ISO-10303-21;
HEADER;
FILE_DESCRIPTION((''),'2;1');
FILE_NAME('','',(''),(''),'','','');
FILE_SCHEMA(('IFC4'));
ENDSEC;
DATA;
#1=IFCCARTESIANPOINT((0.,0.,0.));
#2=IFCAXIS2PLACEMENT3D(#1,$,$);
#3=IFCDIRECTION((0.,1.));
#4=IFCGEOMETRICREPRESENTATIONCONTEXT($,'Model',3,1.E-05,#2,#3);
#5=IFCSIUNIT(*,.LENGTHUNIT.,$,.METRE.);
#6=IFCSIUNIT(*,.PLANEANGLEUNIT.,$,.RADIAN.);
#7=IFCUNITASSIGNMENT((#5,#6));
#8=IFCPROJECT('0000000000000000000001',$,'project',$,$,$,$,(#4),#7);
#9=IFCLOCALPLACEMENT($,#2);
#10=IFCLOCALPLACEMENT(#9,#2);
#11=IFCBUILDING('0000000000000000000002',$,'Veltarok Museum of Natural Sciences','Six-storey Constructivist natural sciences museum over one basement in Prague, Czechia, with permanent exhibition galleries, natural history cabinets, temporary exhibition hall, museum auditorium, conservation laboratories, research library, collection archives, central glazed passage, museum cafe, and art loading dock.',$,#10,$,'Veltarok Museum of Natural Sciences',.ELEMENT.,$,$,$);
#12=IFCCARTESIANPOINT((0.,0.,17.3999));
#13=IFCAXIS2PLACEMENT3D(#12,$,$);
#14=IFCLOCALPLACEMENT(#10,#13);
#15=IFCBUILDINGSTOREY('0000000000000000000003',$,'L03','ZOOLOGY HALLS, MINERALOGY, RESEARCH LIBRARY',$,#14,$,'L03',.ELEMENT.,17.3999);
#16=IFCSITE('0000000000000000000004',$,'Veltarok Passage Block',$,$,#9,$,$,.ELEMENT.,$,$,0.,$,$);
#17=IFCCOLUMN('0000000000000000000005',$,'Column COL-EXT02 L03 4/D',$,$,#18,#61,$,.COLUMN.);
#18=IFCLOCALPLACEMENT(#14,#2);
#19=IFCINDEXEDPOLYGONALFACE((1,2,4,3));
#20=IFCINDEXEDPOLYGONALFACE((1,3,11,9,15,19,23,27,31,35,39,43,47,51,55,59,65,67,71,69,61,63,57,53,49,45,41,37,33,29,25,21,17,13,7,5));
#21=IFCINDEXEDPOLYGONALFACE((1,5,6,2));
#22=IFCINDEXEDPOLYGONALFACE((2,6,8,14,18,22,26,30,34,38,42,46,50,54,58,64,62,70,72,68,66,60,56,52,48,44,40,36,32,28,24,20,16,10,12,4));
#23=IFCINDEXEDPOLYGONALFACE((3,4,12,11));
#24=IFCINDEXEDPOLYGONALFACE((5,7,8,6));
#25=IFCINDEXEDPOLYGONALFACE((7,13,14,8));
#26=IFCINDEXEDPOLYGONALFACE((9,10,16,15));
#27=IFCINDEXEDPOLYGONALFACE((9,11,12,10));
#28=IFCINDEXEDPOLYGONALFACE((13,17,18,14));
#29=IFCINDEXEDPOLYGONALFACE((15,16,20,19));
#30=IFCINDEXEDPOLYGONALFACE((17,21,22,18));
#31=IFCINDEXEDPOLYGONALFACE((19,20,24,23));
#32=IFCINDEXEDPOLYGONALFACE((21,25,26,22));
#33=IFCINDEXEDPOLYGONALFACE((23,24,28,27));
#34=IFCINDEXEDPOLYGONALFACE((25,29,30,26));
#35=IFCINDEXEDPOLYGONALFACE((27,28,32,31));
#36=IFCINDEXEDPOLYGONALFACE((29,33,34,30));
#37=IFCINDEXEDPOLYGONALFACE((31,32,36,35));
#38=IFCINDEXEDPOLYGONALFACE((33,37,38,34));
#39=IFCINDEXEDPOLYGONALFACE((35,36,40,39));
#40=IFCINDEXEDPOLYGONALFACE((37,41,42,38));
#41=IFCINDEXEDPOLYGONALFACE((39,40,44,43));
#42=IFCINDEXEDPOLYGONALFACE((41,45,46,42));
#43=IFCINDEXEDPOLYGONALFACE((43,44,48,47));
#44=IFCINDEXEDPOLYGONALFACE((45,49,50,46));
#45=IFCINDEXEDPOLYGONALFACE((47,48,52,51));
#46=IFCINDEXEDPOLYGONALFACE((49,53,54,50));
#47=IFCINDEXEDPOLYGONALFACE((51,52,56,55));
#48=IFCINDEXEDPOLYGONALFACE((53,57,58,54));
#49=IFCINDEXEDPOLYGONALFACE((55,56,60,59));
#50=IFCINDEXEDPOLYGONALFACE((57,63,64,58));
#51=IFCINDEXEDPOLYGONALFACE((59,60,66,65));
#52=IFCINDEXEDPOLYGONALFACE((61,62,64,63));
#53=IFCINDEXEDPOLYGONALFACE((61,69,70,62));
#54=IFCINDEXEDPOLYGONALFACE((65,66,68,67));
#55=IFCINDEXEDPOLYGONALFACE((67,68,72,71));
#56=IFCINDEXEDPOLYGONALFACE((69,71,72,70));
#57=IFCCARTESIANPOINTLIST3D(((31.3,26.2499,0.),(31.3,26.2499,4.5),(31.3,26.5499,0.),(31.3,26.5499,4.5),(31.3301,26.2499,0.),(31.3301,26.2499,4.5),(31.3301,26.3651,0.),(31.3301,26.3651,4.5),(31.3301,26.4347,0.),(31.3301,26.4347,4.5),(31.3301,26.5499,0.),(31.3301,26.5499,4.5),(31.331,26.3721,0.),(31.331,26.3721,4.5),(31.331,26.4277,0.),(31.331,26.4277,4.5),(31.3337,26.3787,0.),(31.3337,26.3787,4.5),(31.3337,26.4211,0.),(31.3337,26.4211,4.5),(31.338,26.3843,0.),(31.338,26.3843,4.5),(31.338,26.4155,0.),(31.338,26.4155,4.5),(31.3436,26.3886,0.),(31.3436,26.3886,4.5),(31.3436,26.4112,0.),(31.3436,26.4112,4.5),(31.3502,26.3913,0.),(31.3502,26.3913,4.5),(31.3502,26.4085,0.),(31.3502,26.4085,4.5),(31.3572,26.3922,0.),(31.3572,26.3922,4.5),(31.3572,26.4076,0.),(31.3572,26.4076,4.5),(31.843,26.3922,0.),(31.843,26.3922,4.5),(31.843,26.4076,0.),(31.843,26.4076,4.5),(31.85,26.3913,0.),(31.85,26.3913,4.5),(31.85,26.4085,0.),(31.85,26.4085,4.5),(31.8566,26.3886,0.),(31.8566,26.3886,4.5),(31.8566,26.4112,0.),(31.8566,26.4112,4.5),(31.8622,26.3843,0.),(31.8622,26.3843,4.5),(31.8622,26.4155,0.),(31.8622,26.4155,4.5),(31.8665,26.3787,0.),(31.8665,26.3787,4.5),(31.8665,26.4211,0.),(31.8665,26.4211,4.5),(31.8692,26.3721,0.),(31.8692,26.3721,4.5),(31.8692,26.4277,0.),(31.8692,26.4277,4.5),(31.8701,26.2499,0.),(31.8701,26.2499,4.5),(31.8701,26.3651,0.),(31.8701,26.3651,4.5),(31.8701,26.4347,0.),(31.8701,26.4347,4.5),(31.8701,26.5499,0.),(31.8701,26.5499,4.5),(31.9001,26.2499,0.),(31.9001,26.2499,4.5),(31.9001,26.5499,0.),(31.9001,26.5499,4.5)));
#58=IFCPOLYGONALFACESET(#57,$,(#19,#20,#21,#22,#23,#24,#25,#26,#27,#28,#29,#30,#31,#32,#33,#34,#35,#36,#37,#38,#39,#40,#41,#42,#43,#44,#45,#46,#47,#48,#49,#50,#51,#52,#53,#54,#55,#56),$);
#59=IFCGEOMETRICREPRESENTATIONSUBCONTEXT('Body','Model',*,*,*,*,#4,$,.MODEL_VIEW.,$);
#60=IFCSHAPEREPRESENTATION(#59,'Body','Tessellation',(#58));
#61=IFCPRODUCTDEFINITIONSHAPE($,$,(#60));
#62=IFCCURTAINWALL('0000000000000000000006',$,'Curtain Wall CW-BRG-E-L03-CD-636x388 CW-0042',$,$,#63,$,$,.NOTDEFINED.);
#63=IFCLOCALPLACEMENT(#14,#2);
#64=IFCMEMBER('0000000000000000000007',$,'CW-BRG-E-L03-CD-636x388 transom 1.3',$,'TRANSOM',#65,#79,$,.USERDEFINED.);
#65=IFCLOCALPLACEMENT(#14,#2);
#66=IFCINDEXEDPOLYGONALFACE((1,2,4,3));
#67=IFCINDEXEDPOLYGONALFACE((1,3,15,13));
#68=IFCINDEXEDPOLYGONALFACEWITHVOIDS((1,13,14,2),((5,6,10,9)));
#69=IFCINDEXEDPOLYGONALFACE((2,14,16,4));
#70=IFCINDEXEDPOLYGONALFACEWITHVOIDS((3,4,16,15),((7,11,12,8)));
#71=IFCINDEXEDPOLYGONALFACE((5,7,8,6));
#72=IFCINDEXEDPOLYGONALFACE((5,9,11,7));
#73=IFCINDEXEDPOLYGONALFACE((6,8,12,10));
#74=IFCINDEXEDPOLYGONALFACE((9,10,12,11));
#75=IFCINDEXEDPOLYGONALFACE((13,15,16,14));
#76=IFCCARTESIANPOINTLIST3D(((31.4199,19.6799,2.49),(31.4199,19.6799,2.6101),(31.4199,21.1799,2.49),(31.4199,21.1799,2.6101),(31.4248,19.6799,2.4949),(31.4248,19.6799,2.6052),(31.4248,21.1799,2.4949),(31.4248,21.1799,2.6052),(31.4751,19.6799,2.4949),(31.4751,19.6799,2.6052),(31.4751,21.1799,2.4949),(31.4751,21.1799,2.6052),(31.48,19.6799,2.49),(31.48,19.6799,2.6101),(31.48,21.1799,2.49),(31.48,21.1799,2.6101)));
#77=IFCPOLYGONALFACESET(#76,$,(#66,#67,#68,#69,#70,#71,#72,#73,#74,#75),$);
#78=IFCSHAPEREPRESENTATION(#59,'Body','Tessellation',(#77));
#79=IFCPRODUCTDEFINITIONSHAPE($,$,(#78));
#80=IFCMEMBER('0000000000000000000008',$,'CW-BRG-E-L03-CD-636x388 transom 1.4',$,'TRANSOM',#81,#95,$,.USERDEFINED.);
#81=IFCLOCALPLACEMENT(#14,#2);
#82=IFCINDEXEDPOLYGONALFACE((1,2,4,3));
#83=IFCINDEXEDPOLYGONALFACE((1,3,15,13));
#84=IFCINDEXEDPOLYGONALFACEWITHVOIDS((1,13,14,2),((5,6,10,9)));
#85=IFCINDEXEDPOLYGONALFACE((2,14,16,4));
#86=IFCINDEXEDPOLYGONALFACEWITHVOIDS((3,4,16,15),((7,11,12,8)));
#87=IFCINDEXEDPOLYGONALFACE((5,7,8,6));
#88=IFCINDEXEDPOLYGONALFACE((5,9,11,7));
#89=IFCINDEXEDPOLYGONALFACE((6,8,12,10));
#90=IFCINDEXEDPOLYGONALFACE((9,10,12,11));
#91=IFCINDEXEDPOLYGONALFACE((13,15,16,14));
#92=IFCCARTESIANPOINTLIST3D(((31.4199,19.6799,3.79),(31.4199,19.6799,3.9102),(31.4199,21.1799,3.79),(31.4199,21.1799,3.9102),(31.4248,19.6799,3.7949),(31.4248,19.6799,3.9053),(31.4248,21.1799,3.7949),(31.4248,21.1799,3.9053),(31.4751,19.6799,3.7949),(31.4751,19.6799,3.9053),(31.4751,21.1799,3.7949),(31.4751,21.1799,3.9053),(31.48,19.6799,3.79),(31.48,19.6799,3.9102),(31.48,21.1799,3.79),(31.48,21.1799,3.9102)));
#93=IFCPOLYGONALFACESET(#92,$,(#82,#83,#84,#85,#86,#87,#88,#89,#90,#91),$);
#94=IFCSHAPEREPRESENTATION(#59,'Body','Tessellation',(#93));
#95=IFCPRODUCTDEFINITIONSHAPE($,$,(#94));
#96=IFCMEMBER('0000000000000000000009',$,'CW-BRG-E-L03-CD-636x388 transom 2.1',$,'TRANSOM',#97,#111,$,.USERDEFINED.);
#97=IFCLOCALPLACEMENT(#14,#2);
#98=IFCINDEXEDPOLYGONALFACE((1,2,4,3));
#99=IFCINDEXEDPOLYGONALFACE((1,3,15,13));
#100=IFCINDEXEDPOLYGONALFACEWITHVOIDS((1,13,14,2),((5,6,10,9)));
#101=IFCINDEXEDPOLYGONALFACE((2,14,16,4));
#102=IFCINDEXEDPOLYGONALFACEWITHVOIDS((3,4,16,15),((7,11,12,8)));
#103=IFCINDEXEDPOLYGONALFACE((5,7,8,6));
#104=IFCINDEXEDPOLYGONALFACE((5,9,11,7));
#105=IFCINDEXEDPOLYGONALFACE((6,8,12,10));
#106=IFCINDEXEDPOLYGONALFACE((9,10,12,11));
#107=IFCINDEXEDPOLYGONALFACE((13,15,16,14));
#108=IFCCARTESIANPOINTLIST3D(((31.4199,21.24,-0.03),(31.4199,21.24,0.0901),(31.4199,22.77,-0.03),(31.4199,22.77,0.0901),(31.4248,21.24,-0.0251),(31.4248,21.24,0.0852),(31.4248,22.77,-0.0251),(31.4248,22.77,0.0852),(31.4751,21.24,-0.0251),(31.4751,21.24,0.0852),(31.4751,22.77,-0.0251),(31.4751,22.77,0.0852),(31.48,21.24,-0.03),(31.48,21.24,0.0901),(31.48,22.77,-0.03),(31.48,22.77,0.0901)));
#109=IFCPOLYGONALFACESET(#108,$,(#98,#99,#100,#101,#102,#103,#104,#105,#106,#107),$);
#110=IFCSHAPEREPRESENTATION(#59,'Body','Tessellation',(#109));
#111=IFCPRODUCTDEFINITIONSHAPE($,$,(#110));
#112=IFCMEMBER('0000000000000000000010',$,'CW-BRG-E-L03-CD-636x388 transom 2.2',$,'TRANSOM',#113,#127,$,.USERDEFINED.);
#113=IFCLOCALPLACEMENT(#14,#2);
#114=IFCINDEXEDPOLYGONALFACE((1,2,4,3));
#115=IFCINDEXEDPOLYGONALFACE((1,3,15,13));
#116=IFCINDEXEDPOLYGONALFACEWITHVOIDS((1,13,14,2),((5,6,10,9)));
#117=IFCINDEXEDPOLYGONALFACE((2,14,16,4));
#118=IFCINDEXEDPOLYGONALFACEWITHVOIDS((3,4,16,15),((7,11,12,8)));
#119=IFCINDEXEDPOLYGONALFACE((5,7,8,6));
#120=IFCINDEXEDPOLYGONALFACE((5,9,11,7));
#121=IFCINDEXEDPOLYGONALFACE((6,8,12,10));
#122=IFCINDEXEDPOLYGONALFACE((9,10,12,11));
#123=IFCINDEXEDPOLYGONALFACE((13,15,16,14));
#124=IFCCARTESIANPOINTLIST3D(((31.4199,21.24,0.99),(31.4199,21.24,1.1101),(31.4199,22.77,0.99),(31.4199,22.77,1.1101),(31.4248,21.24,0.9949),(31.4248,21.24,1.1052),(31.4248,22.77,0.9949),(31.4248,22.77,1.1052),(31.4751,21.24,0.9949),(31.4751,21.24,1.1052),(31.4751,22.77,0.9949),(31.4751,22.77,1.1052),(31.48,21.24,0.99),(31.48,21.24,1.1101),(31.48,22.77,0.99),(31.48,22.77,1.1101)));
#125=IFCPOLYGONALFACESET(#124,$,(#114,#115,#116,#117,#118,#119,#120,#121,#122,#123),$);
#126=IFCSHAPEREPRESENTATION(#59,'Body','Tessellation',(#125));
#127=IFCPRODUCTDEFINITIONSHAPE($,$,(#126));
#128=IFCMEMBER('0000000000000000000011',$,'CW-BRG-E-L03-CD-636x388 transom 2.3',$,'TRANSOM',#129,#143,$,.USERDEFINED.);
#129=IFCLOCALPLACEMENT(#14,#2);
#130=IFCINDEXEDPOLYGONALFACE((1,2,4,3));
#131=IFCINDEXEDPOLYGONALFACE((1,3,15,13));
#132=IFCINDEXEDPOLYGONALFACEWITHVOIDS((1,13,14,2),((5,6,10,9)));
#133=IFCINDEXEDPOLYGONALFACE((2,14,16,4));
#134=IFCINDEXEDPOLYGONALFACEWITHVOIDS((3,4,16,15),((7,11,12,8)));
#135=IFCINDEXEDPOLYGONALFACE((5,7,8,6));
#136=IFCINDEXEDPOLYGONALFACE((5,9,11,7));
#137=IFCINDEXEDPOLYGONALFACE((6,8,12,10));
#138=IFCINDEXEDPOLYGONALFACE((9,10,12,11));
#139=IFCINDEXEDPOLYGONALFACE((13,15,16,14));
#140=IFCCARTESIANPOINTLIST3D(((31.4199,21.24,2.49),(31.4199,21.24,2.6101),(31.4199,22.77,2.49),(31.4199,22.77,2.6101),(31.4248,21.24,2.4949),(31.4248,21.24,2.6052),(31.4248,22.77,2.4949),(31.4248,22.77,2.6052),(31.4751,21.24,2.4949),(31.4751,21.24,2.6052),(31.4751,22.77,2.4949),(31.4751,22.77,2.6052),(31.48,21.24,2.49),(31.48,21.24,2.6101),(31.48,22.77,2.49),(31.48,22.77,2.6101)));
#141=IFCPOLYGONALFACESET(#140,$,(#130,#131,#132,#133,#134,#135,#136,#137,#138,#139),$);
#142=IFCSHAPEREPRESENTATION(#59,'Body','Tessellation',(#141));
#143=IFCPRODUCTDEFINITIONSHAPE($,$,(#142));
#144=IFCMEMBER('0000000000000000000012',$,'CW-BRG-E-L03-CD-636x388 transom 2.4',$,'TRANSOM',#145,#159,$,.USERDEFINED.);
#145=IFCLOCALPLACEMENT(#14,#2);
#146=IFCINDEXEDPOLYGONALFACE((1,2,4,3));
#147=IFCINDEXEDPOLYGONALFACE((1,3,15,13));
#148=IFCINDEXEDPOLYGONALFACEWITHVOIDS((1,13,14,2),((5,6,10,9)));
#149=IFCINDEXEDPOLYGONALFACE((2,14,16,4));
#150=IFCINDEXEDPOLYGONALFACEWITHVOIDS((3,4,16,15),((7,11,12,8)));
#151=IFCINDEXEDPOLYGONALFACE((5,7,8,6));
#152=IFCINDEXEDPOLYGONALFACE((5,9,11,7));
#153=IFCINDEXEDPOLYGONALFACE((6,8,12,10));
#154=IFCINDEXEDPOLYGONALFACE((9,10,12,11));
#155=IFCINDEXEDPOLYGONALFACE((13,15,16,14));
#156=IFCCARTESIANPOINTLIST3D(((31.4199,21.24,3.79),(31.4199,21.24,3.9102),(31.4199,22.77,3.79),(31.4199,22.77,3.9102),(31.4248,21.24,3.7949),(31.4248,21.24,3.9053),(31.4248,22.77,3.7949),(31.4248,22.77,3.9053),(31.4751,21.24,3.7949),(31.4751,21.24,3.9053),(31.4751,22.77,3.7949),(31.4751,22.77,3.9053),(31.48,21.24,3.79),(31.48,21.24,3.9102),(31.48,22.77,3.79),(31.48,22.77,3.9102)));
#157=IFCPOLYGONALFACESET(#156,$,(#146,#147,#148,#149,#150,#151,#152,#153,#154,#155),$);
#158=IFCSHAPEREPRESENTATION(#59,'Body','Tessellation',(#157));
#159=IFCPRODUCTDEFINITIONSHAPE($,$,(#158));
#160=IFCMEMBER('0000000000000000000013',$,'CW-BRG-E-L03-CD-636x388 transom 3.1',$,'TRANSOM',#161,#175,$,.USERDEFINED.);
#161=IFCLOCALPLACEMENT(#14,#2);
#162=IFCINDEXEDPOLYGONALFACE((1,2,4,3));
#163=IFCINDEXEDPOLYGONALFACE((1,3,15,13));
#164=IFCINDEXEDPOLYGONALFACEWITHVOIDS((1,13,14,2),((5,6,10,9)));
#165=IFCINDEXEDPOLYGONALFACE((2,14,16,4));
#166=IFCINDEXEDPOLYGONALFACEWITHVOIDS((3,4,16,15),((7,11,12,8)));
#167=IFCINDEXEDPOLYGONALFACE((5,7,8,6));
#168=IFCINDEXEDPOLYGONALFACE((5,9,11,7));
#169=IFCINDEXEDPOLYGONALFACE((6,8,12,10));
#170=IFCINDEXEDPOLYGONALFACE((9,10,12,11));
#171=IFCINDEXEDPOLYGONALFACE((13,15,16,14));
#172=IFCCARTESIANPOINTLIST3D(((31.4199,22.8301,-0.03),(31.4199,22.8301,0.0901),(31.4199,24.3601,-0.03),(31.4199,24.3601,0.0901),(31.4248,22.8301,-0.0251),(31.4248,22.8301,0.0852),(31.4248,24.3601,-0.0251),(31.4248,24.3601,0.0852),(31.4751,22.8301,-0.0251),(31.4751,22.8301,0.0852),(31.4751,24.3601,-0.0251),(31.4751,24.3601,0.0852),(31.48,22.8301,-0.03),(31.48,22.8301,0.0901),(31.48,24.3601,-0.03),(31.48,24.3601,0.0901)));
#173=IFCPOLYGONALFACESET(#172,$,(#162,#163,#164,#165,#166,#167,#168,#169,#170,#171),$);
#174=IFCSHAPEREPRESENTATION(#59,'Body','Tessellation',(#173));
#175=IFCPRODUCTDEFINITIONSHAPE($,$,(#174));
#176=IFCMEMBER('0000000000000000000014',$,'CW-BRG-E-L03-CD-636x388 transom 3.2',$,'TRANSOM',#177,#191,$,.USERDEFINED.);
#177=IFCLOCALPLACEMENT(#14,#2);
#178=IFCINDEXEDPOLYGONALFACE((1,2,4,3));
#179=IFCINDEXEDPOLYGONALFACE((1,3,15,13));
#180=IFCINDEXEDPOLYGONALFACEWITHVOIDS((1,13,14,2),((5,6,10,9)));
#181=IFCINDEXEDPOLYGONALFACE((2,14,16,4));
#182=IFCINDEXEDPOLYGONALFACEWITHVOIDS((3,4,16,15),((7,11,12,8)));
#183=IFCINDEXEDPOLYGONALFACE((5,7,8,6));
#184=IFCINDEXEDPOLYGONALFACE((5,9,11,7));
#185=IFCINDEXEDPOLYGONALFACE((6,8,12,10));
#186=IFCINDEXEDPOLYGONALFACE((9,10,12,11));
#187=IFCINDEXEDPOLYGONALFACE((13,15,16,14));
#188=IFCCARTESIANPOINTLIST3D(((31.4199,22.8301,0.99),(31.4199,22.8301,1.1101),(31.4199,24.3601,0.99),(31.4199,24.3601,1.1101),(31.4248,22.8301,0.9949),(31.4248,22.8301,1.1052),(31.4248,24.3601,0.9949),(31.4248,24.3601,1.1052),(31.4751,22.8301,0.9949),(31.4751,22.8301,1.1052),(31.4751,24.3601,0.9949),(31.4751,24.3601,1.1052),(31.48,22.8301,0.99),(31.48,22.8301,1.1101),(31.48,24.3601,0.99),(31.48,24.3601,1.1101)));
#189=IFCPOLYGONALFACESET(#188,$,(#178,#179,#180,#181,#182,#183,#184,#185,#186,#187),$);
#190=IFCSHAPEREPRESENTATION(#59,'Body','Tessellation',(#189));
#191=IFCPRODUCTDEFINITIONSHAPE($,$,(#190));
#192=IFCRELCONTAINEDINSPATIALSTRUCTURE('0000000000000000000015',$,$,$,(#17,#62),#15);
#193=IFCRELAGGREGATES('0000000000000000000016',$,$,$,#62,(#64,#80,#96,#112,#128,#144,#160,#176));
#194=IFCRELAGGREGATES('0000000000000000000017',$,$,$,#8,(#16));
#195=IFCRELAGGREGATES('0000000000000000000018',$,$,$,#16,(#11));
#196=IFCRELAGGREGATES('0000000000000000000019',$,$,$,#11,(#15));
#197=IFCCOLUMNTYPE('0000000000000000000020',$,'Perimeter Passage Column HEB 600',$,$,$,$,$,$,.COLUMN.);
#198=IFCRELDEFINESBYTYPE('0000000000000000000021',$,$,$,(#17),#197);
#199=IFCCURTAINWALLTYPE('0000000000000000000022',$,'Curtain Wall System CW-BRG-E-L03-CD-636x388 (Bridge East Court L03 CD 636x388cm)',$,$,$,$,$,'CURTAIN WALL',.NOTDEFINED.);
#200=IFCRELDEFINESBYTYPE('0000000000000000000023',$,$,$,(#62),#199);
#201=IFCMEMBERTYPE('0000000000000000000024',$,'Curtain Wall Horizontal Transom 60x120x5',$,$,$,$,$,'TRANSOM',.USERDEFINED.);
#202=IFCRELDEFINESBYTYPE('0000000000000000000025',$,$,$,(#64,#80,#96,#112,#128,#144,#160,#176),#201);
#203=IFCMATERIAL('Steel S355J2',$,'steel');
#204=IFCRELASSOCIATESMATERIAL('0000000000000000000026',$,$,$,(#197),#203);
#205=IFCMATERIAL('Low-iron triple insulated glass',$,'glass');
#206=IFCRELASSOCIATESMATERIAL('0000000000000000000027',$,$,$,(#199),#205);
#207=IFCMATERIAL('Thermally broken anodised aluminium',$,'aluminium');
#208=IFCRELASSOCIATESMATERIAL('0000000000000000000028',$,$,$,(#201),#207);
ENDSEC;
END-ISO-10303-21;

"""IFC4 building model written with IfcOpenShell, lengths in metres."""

from ifc_helpers import new_model, si_unit, direction, frame, origin, origin_2d, place, context, subcontext, project, spatial, hollow_rectangle, i_section, extrude, material, material_profile, profile_set, type_object, element, aggregate, save


model = new_model("IFC4")

# Units and contexts
model_context = context("Model", 3, precision=1e-05, world=origin(), true_north=direction((0.0, 1.0)))
body_context = subcontext(model_context, "Body", "Model", "MODEL_VIEW")
ifc_project = project(units=[si_unit("LENGTHUNIT", "METRE"), si_unit("PLANEANGLEUNIT", "RADIAN")], contexts=[model_context])

# Site, building, storey
site_placement = place(None, origin())
site = spatial("IfcSite", under=ifc_project, at=site_placement, Name="Veltarok Passage Block", CompositionType="ELEMENT", RefElevation=0.0)
building_placement = place(site_placement, origin())
building = spatial("IfcBuilding", under=site, at=building_placement, Name="Veltarok Museum of Natural Sciences", Description="Six-storey Constructivist natural sciences museum over one basement in Prague, Czechia, with permanent exhibition galleries, natural history cabinets, temporary exhibition hall, museum auditorium, conservation laboratories, research library, collection archives, central glazed passage, museum cafe, and art loading dock.", LongName="Veltarok Museum of Natural Sciences", CompositionType="ELEMENT")
storey_placement = place(building_placement, frame((0.0, 0.0, 17.3999)))
storey = spatial("IfcBuildingStorey", under=building, at=storey_placement, Name="L03", Description="ZOOLOGY HALLS, MINERALOGY, RESEARCH LIBRARY", LongName="L03", CompositionType="ELEMENT", Elevation=17.3999)

# Column
ifc_material_1 = material(Name="Steel S355J2", Category="steel")
ifc_material_profile_1 = material_profile(ifc_material_1, i_section(OverallWidth=0.3, OverallDepth=0.6001, WebThickness=0.0154, FlangeThickness=0.03, FilletRadius=0.0271, at=origin_2d()), Name="HEB 600")
ifc_profile_set_1 = profile_set([ifc_material_profile_1], Name="Steel S355J2")
column_type = type_object("IfcColumnType", Name="Perimeter Passage Column HEB 600", PredefinedType="COLUMN", material=ifc_profile_set_1)
column_placement = place(storey_placement, frame((31.6001, 26.3999, 0.0), z_axis=(0.0, 0.0, 1.0), x_axis=(0.0, 1.0, 0.0)))
element("IfcColumn", 1, at=column_placement, inside=storey, type_object=column_type, Name="Column COL-EXT02 L03 4/D", PredefinedType="COLUMN", context=body_context, shape_type="SweptSolid", body=[
    extrude(i_section(OverallWidth=0.3, OverallDepth=0.6001, WebThickness=0.0154, FlangeThickness=0.03, FilletRadius=0.0271, at=origin_2d()), origin(), (0.0, 0.0, 1.0), 4.5),
])

# Curtain wall, members
ifc_material_2 = material(Name="Low-iron triple insulated glass", Category="glass")
curtain_wall_type_1 = type_object("IfcCurtainWallType", Name="Curtain Wall System CW-BRG-E-L03-CD-636x388 (Bridge East Court L03 CD 636x388cm)", ElementType="CURTAIN WALL", PredefinedType="NOTDEFINED", material=ifc_material_2)
curtain_wall_1_placement = place(storey_placement, origin())
curtain_wall_1 = element("IfcCurtainWall", 2, at=curtain_wall_1_placement, inside=storey, type_object=curtain_wall_type_1, Name="Curtain Wall CW-BRG-E-L03-CD-636x388 CW-0042", PredefinedType="NOTDEFINED")
ifc_material_3 = material(Name="Thermally broken anodised aluminium", Category="aluminium")
ifc_material_profile_2 = material_profile(ifc_material_3, hollow_rectangle(XDim=0.0601, YDim=0.1201, WallThickness=0.0049, at=origin_2d()), Name="CW TRANSOM 60x120x5")
ifc_profile_set_2 = profile_set([ifc_material_profile_2], Name="Thermally broken anodised aluminium")
member_type_1 = type_object("IfcMemberType", Name="Curtain Wall Horizontal Transom 60x120x5", ElementType="TRANSOM", PredefinedType="USERDEFINED", material=ifc_profile_set_2)
member_1_placement = place(storey_placement, frame((31.45, 19.6799, 2.55), z_axis=(0.0, 1.0, 0.0), x_axis=(-1.0, 0.0, 0.0)))
member_1 = element("IfcMember", 3, at=member_1_placement, type_object=member_type_1, Name="CW-BRG-E-L03-CD-636x388 transom 1.3", ObjectType="TRANSOM", PredefinedType="USERDEFINED", context=body_context, shape_type="SweptSolid", body=[
    extrude(hollow_rectangle(XDim=0.0601, YDim=0.1201, WallThickness=0.0049, at=origin_2d()), origin(), (0.0, 0.0, 1.0), 1.5),
])
member_2_placement = place(storey_placement, frame((31.45, 19.6799, 3.8501), z_axis=(0.0, 1.0, 0.0), x_axis=(-1.0, 0.0, 0.0)))
member_2 = element("IfcMember", 4, at=member_2_placement, type_object=member_type_1, Name="CW-BRG-E-L03-CD-636x388 transom 1.4", ObjectType="TRANSOM", PredefinedType="USERDEFINED", context=body_context, shape_type="SweptSolid", body=[
    extrude(hollow_rectangle(XDim=0.0601, YDim=0.1201, WallThickness=0.0049, at=origin_2d()), origin(), (0.0, 0.0, 1.0), 1.5),
])
member_3_placement = place(storey_placement, frame((31.45, 21.24, 0.03), z_axis=(0.0, 1.0, 0.0), x_axis=(-1.0, 0.0, 0.0)))
member_3 = element("IfcMember", 5, at=member_3_placement, type_object=member_type_1, Name="CW-BRG-E-L03-CD-636x388 transom 2.1", ObjectType="TRANSOM", PredefinedType="USERDEFINED", context=body_context, shape_type="SweptSolid", body=[
    extrude(hollow_rectangle(XDim=0.0601, YDim=0.1201, WallThickness=0.0049, at=origin_2d()), origin(), (0.0, 0.0, 1.0), 1.53),
])
member_4_placement = place(storey_placement, frame((31.45, 21.24, 1.05), z_axis=(0.0, 1.0, 0.0), x_axis=(-1.0, 0.0, 0.0)))
member_4 = element("IfcMember", 6, at=member_4_placement, type_object=member_type_1, Name="CW-BRG-E-L03-CD-636x388 transom 2.2", ObjectType="TRANSOM", PredefinedType="USERDEFINED", context=body_context, shape_type="SweptSolid", body=[
    extrude(hollow_rectangle(XDim=0.0601, YDim=0.1201, WallThickness=0.0049, at=origin_2d()), origin(), (0.0, 0.0, 1.0), 1.53),
])
member_5_placement = place(storey_placement, frame((31.45, 21.24, 2.55), z_axis=(0.0, 1.0, 0.0), x_axis=(-1.0, 0.0, 0.0)))
member_5 = element("IfcMember", 7, at=member_5_placement, type_object=member_type_1, Name="CW-BRG-E-L03-CD-636x388 transom 2.3", ObjectType="TRANSOM", PredefinedType="USERDEFINED", context=body_context, shape_type="SweptSolid", body=[
    extrude(hollow_rectangle(XDim=0.0601, YDim=0.1201, WallThickness=0.0049, at=origin_2d()), origin(), (0.0, 0.0, 1.0), 1.53),
])
member_6_placement = place(storey_placement, frame((31.45, 21.24, 3.8501), z_axis=(0.0, 1.0, 0.0), x_axis=(-1.0, 0.0, 0.0)))
member_6 = element("IfcMember", 8, at=member_6_placement, type_object=member_type_1, Name="CW-BRG-E-L03-CD-636x388 transom 2.4", ObjectType="TRANSOM", PredefinedType="USERDEFINED", context=body_context, shape_type="SweptSolid", body=[
    extrude(hollow_rectangle(XDim=0.0601, YDim=0.1201, WallThickness=0.0049, at=origin_2d()), origin(), (0.0, 0.0, 1.0), 1.53),
])
member_7_placement = place(storey_placement, frame((31.45, 22.8301, 0.03), z_axis=(0.0, 1.0, 0.0), x_axis=(-1.0, 0.0, 0.0)))
member_7 = element("IfcMember", 9, at=member_7_placement, type_object=member_type_1, Name="CW-BRG-E-L03-CD-636x388 transom 3.1", ObjectType="TRANSOM", PredefinedType="USERDEFINED", context=body_context, shape_type="SweptSolid", body=[
    extrude(hollow_rectangle(XDim=0.0601, YDim=0.1201, WallThickness=0.0049, at=origin_2d()), origin(), (0.0, 0.0, 1.0), 1.53),
])
member_8_placement = place(storey_placement, frame((31.45, 22.8301, 1.05), z_axis=(0.0, 1.0, 0.0), x_axis=(-1.0, 0.0, 0.0)))
member_8 = element("IfcMember", 10, at=member_8_placement, type_object=member_type_1, Name="CW-BRG-E-L03-CD-636x388 transom 3.2", ObjectType="TRANSOM", PredefinedType="USERDEFINED", context=body_context, shape_type="SweptSolid", body=[
    extrude(hollow_rectangle(XDim=0.0601, YDim=0.1201, WallThickness=0.0049, at=origin_2d()), origin(), (0.0, 0.0, 1.0), 1.53),
])

aggregate(curtain_wall_1, [member_1, member_2, member_3, member_4, member_5, member_6, member_7, member_8])

save(model, "model.ifc")
